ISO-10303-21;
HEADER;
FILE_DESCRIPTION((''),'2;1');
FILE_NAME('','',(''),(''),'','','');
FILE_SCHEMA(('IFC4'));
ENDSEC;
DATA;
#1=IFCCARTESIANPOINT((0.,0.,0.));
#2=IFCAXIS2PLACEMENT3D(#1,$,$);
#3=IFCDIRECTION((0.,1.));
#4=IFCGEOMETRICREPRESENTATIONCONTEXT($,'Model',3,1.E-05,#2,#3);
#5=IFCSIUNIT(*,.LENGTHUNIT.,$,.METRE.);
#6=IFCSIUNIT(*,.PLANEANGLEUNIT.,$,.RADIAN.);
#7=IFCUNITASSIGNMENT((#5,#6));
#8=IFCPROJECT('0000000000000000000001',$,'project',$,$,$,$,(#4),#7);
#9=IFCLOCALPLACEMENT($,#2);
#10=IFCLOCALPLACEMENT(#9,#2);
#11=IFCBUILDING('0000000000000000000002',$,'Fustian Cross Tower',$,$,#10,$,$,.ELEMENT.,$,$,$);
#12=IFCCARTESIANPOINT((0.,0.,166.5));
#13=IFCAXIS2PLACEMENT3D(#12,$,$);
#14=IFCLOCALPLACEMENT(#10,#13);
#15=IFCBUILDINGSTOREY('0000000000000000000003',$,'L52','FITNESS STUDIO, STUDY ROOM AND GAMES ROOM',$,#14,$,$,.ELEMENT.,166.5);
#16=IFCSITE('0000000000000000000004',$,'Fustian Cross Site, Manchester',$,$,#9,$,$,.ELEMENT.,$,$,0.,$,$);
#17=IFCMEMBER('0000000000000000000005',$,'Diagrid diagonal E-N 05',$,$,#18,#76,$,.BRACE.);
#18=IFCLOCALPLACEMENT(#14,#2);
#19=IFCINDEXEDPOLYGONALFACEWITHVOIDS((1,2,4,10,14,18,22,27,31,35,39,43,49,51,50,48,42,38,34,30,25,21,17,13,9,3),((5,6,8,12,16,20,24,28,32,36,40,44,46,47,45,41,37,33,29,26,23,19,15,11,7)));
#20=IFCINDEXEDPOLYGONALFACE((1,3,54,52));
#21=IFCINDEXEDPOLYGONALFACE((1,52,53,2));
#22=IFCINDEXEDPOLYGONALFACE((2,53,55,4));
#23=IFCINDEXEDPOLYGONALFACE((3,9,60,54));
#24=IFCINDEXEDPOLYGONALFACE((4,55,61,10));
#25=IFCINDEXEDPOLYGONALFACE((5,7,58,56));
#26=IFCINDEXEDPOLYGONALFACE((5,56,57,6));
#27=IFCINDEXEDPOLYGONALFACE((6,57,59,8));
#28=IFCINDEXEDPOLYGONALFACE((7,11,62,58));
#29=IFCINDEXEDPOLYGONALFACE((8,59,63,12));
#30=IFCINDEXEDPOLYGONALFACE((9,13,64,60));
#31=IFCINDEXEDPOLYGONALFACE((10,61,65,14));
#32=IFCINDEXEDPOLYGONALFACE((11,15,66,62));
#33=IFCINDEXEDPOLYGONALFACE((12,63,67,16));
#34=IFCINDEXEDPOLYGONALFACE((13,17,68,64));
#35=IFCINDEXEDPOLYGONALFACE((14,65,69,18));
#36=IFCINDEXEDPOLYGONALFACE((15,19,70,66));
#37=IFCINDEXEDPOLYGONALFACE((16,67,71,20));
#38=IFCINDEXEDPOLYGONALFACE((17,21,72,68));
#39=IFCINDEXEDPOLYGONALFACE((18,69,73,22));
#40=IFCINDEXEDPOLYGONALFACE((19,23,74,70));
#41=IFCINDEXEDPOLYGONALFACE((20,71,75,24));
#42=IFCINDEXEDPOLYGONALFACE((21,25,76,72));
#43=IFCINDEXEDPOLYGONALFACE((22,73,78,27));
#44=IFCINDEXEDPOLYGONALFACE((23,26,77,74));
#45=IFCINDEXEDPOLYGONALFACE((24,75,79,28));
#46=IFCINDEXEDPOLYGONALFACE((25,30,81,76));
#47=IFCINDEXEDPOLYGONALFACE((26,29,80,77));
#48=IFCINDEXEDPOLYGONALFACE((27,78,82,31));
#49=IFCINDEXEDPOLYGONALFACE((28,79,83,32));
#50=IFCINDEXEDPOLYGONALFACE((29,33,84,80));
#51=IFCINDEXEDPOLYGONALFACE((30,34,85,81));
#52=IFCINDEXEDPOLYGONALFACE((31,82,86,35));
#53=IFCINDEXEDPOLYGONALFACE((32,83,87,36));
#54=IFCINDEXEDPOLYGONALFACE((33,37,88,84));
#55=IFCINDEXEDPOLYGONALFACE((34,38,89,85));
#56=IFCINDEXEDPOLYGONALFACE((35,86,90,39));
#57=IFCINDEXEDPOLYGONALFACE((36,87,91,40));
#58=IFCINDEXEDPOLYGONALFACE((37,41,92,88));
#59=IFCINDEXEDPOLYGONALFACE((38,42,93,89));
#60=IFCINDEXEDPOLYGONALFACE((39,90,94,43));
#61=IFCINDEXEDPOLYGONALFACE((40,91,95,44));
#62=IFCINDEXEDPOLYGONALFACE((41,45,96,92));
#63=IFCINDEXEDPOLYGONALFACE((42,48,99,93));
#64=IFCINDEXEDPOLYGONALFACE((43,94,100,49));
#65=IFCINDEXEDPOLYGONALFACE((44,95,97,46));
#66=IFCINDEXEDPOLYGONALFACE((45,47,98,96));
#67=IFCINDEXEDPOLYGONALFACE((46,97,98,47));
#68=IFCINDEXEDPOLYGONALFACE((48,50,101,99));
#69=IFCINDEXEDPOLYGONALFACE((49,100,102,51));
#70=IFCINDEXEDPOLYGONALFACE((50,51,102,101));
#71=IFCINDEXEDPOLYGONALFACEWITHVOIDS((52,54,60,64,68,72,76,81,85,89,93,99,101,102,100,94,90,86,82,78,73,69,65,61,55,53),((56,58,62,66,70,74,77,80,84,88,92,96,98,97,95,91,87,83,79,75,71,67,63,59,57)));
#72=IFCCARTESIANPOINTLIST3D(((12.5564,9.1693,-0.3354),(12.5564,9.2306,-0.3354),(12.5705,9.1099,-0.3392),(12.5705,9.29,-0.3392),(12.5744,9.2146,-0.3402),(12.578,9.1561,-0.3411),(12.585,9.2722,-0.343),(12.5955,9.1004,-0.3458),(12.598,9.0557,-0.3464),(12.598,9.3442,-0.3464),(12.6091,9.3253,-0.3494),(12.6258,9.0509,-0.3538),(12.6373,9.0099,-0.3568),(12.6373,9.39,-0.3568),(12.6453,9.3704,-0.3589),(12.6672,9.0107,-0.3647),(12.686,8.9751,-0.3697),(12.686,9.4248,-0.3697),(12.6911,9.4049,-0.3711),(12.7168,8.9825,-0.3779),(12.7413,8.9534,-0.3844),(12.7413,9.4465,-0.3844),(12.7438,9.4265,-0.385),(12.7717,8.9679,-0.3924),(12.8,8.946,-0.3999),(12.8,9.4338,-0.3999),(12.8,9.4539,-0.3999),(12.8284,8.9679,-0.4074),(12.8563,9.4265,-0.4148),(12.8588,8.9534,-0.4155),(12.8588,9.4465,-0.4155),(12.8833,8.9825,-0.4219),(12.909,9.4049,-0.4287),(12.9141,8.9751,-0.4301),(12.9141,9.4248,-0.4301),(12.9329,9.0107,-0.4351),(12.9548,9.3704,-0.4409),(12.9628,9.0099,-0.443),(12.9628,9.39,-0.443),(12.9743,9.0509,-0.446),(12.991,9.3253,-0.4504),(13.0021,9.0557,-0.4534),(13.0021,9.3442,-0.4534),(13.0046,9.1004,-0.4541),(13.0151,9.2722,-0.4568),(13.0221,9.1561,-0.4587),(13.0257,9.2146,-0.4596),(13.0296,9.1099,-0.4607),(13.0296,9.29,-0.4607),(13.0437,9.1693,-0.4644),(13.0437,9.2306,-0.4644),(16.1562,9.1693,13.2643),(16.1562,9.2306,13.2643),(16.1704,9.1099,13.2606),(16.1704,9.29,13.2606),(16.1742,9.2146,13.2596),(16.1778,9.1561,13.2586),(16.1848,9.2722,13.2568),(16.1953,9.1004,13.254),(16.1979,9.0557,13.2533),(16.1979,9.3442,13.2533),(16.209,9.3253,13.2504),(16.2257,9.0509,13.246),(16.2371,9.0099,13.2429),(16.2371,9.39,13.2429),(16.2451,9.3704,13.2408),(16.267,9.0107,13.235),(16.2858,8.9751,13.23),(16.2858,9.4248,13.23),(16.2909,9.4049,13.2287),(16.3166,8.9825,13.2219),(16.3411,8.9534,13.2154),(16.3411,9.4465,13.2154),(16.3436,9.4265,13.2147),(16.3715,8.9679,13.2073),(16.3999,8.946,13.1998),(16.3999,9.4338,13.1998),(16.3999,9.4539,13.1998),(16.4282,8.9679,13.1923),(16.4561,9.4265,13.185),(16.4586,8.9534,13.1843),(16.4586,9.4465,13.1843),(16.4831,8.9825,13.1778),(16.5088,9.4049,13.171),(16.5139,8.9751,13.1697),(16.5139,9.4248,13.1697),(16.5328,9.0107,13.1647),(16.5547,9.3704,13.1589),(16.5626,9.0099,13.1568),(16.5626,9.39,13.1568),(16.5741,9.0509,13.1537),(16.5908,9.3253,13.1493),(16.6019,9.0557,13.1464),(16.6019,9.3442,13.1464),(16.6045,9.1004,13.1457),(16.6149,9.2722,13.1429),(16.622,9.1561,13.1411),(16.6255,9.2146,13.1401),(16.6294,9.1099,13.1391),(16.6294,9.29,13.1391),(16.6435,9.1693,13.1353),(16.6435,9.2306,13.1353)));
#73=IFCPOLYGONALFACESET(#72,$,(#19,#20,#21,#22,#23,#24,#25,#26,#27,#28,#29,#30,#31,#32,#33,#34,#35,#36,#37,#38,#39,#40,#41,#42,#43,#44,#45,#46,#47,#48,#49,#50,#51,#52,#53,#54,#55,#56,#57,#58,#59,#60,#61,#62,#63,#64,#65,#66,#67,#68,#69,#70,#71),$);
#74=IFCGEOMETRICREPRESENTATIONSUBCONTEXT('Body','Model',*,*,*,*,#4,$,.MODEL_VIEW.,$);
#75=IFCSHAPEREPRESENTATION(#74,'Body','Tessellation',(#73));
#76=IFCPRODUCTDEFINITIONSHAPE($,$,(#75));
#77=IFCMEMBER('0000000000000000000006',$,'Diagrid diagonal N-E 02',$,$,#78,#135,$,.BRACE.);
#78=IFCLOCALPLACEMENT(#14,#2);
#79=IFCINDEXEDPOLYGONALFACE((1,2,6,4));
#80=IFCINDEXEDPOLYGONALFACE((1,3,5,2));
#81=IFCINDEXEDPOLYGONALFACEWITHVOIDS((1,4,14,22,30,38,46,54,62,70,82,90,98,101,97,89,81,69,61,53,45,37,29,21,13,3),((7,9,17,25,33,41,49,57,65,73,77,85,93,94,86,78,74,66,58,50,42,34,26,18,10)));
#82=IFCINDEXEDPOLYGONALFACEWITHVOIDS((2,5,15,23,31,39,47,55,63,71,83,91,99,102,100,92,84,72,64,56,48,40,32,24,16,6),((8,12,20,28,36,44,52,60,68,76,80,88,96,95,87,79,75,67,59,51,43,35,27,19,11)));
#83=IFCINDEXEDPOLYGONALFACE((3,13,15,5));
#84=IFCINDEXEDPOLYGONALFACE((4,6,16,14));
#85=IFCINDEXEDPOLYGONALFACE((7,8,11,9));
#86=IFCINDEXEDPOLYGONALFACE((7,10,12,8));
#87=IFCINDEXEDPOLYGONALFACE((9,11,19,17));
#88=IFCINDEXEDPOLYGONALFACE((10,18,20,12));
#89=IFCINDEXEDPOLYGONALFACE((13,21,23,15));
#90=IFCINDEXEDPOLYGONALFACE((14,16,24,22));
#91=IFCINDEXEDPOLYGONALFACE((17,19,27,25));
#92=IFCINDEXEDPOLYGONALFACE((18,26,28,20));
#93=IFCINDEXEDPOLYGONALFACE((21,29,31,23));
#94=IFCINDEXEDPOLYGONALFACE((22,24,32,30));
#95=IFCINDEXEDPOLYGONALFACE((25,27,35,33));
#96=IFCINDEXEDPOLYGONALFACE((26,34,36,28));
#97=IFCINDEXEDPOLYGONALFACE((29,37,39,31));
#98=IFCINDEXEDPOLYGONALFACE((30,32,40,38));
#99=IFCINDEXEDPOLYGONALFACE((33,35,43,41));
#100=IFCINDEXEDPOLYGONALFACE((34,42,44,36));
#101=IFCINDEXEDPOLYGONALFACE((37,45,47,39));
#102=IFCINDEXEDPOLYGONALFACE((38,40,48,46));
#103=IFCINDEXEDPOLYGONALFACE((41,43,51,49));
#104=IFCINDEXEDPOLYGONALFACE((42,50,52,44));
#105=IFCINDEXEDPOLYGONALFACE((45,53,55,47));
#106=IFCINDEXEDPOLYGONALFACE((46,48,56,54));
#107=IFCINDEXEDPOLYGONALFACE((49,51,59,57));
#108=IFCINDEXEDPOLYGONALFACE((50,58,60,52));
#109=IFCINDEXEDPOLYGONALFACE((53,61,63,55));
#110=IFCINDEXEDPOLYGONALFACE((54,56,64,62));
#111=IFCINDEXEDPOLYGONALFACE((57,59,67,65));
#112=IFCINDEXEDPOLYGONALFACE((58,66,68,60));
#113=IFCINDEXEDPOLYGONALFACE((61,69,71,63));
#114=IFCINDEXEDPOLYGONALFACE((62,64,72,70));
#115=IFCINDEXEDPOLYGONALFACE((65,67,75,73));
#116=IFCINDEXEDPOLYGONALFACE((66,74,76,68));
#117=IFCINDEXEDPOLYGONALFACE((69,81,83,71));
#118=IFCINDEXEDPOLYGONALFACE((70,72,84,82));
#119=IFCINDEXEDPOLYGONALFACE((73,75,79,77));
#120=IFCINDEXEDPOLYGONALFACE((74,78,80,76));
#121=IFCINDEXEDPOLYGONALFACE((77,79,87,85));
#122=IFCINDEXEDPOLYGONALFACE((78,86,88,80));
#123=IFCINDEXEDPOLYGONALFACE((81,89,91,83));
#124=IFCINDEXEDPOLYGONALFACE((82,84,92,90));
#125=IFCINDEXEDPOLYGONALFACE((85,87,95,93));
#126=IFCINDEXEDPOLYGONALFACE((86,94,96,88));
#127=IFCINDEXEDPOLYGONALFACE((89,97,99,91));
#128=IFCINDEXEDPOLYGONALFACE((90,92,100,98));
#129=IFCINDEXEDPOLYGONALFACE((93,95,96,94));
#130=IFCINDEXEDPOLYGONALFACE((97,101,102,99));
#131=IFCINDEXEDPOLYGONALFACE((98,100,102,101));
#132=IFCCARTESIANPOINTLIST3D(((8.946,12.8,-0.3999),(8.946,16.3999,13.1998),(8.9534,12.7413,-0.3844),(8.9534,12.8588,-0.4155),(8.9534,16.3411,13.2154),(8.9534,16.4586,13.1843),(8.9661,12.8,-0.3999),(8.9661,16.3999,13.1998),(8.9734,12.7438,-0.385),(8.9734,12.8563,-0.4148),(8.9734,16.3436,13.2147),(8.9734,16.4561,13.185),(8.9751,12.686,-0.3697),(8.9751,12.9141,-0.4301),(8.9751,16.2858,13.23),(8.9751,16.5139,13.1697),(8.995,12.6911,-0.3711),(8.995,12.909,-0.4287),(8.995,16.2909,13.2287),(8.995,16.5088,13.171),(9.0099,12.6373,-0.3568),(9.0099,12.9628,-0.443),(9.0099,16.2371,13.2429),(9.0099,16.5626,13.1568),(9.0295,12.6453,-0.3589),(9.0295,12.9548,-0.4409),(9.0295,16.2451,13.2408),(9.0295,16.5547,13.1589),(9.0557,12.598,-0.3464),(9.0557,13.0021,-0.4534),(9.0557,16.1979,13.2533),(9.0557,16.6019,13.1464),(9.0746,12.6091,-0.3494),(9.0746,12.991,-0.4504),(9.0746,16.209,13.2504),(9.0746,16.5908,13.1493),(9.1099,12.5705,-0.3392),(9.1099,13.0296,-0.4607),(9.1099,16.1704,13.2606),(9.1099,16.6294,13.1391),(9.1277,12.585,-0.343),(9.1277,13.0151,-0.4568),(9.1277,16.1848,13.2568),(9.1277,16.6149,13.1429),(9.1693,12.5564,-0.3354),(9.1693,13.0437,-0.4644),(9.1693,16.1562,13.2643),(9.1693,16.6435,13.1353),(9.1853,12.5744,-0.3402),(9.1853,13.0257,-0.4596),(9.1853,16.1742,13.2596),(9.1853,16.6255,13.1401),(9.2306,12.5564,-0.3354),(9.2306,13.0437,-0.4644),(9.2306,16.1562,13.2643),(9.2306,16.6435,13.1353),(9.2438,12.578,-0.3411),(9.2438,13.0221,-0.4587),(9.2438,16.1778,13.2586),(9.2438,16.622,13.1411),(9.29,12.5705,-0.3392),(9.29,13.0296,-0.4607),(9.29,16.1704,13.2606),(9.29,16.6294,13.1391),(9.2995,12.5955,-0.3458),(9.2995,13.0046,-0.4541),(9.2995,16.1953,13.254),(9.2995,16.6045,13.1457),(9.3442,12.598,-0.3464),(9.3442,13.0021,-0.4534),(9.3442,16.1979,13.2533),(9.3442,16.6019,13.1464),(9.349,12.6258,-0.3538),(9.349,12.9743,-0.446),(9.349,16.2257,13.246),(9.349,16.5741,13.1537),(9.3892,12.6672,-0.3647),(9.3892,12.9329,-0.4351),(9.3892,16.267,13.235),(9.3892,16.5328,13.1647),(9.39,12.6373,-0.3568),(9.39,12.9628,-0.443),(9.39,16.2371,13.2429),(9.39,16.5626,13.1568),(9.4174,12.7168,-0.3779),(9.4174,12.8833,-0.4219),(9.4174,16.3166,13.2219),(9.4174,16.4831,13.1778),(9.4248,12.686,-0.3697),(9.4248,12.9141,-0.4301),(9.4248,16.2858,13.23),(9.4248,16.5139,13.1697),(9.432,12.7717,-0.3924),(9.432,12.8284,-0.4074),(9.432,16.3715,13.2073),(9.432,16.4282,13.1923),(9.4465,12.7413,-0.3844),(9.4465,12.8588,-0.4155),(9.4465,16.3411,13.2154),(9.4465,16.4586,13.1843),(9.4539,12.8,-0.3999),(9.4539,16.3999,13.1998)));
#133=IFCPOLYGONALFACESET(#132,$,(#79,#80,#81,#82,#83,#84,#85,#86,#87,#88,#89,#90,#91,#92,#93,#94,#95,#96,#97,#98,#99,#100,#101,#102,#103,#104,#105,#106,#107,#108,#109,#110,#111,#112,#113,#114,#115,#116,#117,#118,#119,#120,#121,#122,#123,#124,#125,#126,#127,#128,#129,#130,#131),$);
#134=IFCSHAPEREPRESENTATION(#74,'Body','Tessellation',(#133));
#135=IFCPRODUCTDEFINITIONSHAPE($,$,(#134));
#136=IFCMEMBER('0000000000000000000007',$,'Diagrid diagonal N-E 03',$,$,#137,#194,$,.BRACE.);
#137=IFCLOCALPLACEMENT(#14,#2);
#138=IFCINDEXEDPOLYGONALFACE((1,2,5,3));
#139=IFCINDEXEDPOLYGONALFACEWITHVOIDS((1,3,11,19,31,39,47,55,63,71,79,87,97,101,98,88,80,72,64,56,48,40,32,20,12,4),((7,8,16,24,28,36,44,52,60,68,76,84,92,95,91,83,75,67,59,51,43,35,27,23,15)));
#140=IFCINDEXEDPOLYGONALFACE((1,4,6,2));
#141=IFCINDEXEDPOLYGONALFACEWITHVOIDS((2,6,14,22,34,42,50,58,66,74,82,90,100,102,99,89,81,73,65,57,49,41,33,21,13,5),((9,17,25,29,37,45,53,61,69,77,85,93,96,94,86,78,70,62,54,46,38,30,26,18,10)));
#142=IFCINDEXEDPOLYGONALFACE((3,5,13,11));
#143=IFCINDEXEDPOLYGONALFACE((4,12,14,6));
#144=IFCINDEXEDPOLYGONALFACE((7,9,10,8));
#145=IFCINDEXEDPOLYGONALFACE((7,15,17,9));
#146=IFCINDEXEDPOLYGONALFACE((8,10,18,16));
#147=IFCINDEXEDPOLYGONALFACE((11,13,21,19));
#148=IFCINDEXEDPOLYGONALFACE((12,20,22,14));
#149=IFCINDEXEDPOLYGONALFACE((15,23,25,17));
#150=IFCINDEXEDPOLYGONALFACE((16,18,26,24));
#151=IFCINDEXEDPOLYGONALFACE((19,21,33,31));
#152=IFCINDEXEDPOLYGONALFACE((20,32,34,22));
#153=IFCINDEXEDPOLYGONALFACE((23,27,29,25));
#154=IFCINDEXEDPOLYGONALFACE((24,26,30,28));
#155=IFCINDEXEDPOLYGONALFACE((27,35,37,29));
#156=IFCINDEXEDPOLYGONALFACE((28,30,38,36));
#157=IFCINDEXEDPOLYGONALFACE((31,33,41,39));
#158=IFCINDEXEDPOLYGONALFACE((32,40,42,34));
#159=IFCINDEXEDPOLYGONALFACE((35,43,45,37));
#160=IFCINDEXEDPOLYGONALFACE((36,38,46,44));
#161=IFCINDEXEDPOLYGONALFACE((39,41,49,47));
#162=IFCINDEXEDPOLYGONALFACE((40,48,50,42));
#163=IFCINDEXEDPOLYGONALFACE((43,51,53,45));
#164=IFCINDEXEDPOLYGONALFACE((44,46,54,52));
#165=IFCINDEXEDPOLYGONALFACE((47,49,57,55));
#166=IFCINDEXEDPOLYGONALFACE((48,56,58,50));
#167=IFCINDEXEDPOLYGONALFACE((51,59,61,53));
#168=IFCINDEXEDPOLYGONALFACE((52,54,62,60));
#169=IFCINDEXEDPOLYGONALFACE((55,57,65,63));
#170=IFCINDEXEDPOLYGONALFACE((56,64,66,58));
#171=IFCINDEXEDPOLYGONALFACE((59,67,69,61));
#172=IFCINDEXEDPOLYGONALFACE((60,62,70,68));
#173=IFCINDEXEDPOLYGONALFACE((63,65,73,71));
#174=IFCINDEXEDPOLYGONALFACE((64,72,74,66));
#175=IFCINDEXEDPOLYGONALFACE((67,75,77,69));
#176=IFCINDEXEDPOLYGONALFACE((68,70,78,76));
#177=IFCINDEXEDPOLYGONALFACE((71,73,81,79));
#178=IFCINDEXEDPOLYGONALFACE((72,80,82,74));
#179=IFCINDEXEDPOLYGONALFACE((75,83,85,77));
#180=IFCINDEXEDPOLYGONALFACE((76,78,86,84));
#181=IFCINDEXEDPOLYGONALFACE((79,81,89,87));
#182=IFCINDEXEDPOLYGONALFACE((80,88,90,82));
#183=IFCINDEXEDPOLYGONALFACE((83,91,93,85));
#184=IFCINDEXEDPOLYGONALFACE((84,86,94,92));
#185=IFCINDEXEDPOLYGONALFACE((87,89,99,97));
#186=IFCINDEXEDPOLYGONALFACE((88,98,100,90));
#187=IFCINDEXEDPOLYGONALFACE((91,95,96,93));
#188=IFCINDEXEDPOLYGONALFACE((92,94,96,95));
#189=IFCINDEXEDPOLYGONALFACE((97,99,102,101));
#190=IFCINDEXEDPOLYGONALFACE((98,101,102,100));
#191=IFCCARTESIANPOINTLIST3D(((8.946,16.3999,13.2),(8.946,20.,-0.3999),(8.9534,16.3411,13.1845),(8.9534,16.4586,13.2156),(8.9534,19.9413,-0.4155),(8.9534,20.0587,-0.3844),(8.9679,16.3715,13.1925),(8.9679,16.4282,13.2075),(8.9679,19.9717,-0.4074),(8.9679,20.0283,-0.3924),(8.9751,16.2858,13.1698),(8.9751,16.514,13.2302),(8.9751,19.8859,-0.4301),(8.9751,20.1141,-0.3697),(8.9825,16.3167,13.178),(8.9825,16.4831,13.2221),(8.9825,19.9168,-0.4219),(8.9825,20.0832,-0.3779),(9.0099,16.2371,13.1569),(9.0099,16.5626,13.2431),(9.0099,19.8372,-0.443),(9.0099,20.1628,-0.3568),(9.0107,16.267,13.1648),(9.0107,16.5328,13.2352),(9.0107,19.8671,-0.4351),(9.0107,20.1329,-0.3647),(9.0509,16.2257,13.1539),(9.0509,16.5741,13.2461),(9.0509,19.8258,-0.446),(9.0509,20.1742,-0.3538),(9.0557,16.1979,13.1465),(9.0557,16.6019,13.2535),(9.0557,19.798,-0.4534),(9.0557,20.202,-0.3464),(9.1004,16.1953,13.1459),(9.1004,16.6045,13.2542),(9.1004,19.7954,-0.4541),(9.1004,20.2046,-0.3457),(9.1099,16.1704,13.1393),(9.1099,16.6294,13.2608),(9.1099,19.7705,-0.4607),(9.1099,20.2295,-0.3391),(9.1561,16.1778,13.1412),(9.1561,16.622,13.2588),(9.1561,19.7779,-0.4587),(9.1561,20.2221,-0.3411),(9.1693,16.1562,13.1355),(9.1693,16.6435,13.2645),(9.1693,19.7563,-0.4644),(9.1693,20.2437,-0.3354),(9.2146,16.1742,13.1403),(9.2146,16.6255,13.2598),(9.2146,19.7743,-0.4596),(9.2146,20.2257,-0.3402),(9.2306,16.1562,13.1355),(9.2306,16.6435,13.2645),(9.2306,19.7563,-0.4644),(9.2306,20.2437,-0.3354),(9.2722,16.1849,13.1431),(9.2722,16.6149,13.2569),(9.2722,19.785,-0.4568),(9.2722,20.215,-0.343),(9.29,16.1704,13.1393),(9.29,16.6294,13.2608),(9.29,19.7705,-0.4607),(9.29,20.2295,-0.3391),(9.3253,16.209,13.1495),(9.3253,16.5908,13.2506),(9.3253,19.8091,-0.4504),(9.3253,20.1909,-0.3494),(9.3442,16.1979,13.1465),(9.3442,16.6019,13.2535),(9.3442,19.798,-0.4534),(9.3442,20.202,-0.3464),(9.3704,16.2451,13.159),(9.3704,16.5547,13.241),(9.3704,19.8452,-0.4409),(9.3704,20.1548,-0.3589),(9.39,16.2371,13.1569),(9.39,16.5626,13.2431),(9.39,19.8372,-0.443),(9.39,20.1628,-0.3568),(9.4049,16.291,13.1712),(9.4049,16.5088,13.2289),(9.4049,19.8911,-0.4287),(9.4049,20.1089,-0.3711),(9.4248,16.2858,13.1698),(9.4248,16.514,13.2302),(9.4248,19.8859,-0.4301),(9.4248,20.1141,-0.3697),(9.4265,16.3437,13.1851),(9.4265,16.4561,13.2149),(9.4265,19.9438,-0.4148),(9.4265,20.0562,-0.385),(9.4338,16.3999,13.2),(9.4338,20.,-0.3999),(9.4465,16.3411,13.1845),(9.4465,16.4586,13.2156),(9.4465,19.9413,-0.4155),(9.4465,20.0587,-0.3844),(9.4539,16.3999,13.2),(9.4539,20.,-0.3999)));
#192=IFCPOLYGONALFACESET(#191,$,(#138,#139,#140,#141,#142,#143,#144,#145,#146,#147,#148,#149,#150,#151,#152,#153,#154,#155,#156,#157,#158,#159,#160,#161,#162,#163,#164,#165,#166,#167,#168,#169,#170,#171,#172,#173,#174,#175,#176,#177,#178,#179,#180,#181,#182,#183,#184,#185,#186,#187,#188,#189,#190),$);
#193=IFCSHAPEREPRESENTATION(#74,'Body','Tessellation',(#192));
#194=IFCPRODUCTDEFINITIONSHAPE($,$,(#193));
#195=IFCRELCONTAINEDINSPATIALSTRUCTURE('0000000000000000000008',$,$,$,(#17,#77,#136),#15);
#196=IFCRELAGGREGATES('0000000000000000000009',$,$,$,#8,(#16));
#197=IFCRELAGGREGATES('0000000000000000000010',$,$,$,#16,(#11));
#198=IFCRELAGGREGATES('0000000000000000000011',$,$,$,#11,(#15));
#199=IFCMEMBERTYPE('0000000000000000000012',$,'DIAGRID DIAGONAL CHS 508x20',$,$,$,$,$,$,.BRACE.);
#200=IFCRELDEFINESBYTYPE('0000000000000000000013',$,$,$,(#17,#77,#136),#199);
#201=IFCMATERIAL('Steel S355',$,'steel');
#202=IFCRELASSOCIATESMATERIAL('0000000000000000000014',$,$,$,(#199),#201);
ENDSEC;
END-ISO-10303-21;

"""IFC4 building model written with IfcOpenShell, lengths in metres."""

from ifc_helpers import new_model, si_unit, direction, frame, origin, origin_2d, place, context, subcontext, project, spatial, hollow_circle, extrude, material, material_profile, profile_set, type_object, element, save


model = new_model("IFC4")

# Units and contexts
model_context = context("Model", 3, precision=1e-05, world=origin(), true_north=direction((0.0, 1.0)))
body_context = subcontext(model_context, "Body", "Model", "MODEL_VIEW")
ifc_project = project(units=[si_unit("LENGTHUNIT", "METRE"), si_unit("PLANEANGLEUNIT", "RADIAN")], contexts=[model_context])

# Site, building, storey
site_placement = place(None, origin())
site = spatial("IfcSite", under=ifc_project, at=site_placement, Name="Fustian Cross Site, Manchester", CompositionType="ELEMENT", RefElevation=0.0)
building_placement = place(site_placement, origin())
building = spatial("IfcBuilding", under=site, at=building_placement, Name="Fustian Cross Tower", CompositionType="ELEMENT")
storey_placement = place(building_placement, frame((0.0, 0.0, 166.5)))
storey = spatial("IfcBuildingStorey", under=building, at=storey_placement, Name="L52", Description="FITNESS STUDIO, STUDY ROOM AND GAMES ROOM", CompositionType="ELEMENT", Elevation=166.5)

# Members
ifc_material_1 = material(Name="Steel S355", Category="steel")
ifc_material_profile_1 = material_profile(ifc_material_1, hollow_circle(Radius=0.2539, WallThickness=0.02, at=origin_2d()), Name="CHS 508x20")
ifc_profile_set_1 = profile_set([ifc_material_profile_1], Name="Steel S355")
member_type_1 = type_object("IfcMemberType", Name="DIAGRID DIAGONAL CHS 508x20", PredefinedType="BRACE", material=ifc_profile_set_1)
for number, where, z_axis, x_axis, name in (
    (1, (12.8, 9.2, -0.3999), (0.255885, 0.0, 0.966707), (0.0, 1.0, 0.0), "Diagrid diagonal E-N 05"),
    (2, (9.2, 12.8, -0.3999), (0.0, 0.255885, 0.966707), (-1.0, 0.0, 0.0), "Diagrid diagonal N-E 02"),
):
    element("IfcMember", number, at=place(storey_placement, frame(where, z_axis=z_axis, x_axis=x_axis)), inside=storey, type_object=member_type_1, Name=name, PredefinedType="BRACE", context=body_context, shape_type="SweptSolid", body=[
        extrude(hollow_circle(Radius=0.2539, WallThickness=0.02, at=origin_2d()), origin(), (0.0, 0.0, 1.0), 14.0681),
    ])
member_1_placement = place(storey_placement, frame((9.2, 20.0, -0.3999), z_axis=(0.0, -0.255902, 0.966703), x_axis=(1.0, 0.0, 0.0)))
element("IfcMember", 3, at=member_1_placement, inside=storey, type_object=member_type_1, Name="Diagrid diagonal N-E 03", PredefinedType="BRACE", context=body_context, shape_type="SweptSolid", body=[
    extrude(hollow_circle(Radius=0.2539, WallThickness=0.02, at=origin_2d()), origin(), (0.0, 0.0, 1.0), 14.0684),
])

save(model, "model.ifc")
